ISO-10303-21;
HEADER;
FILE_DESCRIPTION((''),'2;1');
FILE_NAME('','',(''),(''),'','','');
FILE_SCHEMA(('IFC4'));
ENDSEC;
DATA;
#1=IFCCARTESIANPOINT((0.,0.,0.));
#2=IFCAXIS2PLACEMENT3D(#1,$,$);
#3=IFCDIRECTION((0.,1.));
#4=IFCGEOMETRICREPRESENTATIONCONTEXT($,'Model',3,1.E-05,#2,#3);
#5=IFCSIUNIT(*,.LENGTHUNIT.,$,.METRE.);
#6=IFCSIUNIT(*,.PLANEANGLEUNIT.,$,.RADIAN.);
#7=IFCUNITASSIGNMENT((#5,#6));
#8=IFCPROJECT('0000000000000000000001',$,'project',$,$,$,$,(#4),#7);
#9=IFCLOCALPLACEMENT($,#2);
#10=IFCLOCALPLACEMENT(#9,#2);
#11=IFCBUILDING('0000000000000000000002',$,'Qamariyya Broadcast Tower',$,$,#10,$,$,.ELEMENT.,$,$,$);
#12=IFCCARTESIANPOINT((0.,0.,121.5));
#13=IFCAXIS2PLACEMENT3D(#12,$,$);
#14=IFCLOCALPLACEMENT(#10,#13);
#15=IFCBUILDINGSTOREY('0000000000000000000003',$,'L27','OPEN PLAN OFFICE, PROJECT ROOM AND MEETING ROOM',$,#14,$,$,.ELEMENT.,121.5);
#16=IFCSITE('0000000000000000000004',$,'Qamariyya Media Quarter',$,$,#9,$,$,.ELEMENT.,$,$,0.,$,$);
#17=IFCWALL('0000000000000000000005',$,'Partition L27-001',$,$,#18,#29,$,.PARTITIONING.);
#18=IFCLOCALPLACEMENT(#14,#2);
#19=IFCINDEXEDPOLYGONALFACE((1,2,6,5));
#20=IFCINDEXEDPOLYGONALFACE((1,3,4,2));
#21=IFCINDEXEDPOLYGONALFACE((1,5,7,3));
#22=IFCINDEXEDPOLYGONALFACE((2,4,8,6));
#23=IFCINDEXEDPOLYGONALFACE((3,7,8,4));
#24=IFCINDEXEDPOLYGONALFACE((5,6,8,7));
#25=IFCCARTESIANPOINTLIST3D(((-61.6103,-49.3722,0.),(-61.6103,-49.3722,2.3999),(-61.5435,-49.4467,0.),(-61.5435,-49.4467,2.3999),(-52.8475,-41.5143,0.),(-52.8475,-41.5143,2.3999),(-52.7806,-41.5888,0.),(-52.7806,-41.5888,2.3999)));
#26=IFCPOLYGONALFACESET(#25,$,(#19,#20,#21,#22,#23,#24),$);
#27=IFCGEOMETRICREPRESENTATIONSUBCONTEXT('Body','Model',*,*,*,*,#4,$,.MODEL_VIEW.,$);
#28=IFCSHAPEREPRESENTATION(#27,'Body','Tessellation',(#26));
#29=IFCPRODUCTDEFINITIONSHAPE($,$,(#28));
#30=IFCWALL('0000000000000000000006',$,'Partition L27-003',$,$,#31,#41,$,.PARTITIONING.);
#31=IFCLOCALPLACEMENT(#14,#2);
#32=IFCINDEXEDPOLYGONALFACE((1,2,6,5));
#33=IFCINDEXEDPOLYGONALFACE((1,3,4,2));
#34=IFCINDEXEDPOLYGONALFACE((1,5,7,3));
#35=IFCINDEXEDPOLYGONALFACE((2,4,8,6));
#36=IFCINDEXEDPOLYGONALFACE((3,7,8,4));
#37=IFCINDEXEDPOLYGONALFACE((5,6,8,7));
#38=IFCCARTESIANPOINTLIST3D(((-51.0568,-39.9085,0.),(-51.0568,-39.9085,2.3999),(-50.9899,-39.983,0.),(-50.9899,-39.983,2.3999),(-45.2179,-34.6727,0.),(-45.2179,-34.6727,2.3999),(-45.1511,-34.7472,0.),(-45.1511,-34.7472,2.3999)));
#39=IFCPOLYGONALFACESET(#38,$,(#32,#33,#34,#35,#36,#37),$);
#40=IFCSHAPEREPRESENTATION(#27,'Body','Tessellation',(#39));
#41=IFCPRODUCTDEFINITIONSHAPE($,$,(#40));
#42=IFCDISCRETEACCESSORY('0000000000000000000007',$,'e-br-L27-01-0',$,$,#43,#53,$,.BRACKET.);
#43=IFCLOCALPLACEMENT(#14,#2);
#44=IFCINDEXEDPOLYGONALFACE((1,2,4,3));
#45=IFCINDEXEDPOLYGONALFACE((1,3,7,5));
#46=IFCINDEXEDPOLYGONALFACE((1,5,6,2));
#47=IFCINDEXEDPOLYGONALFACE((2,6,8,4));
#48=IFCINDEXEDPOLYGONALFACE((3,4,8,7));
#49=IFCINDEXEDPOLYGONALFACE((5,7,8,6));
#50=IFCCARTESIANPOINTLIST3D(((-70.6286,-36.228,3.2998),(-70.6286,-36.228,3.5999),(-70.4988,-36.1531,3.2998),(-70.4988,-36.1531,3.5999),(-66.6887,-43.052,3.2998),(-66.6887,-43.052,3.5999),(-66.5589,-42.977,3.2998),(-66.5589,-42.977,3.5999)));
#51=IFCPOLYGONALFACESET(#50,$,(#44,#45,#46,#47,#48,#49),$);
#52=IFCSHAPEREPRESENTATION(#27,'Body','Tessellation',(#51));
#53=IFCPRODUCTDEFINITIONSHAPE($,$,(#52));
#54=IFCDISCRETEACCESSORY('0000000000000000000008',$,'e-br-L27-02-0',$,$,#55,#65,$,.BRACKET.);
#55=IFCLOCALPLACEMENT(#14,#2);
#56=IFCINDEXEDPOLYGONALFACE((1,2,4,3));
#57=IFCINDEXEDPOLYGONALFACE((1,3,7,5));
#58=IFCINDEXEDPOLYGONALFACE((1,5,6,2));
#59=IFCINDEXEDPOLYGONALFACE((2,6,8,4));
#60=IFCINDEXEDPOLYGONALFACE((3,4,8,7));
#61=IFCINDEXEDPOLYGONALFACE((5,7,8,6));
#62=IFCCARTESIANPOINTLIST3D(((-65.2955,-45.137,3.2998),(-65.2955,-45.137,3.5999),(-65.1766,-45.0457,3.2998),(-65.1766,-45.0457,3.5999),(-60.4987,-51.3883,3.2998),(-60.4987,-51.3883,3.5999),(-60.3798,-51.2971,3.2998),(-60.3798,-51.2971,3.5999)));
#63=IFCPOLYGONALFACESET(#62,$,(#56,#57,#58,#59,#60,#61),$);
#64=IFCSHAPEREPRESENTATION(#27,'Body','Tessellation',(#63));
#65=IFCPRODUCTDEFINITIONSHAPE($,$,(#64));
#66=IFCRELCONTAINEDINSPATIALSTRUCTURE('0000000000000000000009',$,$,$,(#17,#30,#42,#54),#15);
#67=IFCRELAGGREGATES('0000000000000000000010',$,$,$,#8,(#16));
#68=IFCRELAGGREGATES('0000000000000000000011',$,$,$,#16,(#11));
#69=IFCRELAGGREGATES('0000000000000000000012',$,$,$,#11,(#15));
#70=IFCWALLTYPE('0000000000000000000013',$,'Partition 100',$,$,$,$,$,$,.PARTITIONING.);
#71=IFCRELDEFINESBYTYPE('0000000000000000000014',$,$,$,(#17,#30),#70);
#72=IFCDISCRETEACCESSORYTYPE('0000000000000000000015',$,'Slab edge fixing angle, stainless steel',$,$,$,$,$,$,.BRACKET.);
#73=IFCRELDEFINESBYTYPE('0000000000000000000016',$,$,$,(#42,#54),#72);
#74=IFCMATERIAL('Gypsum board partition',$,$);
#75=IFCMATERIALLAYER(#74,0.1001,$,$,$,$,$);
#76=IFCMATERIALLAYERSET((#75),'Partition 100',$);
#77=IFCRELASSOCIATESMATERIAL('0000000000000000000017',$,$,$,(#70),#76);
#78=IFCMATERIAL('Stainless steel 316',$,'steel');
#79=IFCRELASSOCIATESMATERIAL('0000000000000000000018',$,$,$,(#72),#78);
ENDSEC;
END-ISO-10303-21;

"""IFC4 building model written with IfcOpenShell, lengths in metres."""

from ifc_helpers import new_model, si_unit, direction, frame, frame_2d, origin, origin_2d, place, context, subcontext, project, spatial, rectangle, extrude, material, layer, layer_set, type_object, element, save


model = new_model("IFC4")

# Units and contexts
model_context = context("Model", 3, precision=1e-05, world=origin(), true_north=direction((0.0, 1.0)))
body_context = subcontext(model_context, "Body", "Model", "MODEL_VIEW")
ifc_project = project(units=[si_unit("LENGTHUNIT", "METRE"), si_unit("PLANEANGLEUNIT", "RADIAN")], contexts=[model_context])

# Site, building, storey
site_placement = place(None, origin())
site = spatial("IfcSite", under=ifc_project, at=site_placement, Name="Qamariyya Media Quarter", CompositionType="ELEMENT", RefElevation=0.0)
building_placement = place(site_placement, origin())
building = spatial("IfcBuilding", under=site, at=building_placement, Name="Qamariyya Broadcast Tower", CompositionType="ELEMENT")
storey_placement = place(building_placement, frame((0.0, 0.0, 121.5)))
storey = spatial("IfcBuildingStorey", under=building, at=storey_placement, Name="L27", Description="OPEN PLAN OFFICE, PROJECT ROOM AND MEETING ROOM", CompositionType="ELEMENT", Elevation=121.5)

# Shared definitions
ifc_material_1 = material(Name="Gypsum board partition")

# Walls
ifc_layer_1 = layer(ifc_material_1, 0.1001)
ifc_layer_set_1 = layer_set([ifc_layer_1], Name="Partition 100")
wall_type_1 = type_object("IfcWallType", Name="Partition 100", PredefinedType="PARTITIONING", material=ifc_layer_set_1)
wall_1_placement = place(storey_placement, frame((-61.5769, -49.4094, 0.0), z_axis=(0.0, 0.0, 1.0), x_axis=(0.744507, 0.667615, 0.0)))
element("IfcWall", 1, at=wall_1_placement, inside=storey, type_object=wall_type_1, Name="Partition L27-001", PredefinedType="PARTITIONING", context=body_context, shape_type="SweptSolid", body=[
    extrude(rectangle(XDim=11.77, YDim=0.1001, at=frame_2d((5.885, 0.0))), origin(), (0.0, 0.0, 1.0), 2.3999),
])
wall_2_placement = place(storey_placement, frame((-51.0234, -39.9458, 0.0), z_axis=(0.0, 0.0, 1.0), x_axis=(0.744506, 0.667615, 0.0)))
element("IfcWall", 2, at=wall_2_placement, inside=storey, type_object=wall_type_1, Name="Partition L27-003", PredefinedType="PARTITIONING", context=body_context, shape_type="SweptSolid", body=[
    extrude(rectangle(XDim=7.8425, YDim=0.1001, at=frame_2d((3.9214, 0.0))), origin(), (0.0, 0.0, 1.0), 2.3999),
])

# Discrete accessories
ifc_material_2 = material(Name="Stainless steel 316", Category="steel")
discrete_accessory_type = type_object("IfcDiscreteAccessoryType", Name="Slab edge fixing angle, stainless steel", PredefinedType="BRACKET", material=ifc_material_2)
for number, where, z_axis, x_axis, name in (
    (3, (-68.5938, -39.6025, 3.2998), (0.0, 0.0, 1.0), (0.5, -0.866025, 0.0), "e-br-L27-01-0"),
    (4, (-62.8376, -48.217, 3.2998), (0.0, 0.0, 1.0), (0.608761, -0.793353, 0.0), "e-br-L27-02-0"),
):
    element("IfcDiscreteAccessory", number, at=place(storey_placement, frame(where, z_axis=z_axis, x_axis=x_axis)), inside=storey, type_object=discrete_accessory_type, Name=name, PredefinedType="BRACKET", context=body_context, shape_type="SweptSolid", body=[
        extrude(rectangle(XDim=7.8796, YDim=0.1499, at=origin_2d()), origin(), (0.0, 0.0, 1.0), 0.3),
    ])

save(model, "model.ifc")
